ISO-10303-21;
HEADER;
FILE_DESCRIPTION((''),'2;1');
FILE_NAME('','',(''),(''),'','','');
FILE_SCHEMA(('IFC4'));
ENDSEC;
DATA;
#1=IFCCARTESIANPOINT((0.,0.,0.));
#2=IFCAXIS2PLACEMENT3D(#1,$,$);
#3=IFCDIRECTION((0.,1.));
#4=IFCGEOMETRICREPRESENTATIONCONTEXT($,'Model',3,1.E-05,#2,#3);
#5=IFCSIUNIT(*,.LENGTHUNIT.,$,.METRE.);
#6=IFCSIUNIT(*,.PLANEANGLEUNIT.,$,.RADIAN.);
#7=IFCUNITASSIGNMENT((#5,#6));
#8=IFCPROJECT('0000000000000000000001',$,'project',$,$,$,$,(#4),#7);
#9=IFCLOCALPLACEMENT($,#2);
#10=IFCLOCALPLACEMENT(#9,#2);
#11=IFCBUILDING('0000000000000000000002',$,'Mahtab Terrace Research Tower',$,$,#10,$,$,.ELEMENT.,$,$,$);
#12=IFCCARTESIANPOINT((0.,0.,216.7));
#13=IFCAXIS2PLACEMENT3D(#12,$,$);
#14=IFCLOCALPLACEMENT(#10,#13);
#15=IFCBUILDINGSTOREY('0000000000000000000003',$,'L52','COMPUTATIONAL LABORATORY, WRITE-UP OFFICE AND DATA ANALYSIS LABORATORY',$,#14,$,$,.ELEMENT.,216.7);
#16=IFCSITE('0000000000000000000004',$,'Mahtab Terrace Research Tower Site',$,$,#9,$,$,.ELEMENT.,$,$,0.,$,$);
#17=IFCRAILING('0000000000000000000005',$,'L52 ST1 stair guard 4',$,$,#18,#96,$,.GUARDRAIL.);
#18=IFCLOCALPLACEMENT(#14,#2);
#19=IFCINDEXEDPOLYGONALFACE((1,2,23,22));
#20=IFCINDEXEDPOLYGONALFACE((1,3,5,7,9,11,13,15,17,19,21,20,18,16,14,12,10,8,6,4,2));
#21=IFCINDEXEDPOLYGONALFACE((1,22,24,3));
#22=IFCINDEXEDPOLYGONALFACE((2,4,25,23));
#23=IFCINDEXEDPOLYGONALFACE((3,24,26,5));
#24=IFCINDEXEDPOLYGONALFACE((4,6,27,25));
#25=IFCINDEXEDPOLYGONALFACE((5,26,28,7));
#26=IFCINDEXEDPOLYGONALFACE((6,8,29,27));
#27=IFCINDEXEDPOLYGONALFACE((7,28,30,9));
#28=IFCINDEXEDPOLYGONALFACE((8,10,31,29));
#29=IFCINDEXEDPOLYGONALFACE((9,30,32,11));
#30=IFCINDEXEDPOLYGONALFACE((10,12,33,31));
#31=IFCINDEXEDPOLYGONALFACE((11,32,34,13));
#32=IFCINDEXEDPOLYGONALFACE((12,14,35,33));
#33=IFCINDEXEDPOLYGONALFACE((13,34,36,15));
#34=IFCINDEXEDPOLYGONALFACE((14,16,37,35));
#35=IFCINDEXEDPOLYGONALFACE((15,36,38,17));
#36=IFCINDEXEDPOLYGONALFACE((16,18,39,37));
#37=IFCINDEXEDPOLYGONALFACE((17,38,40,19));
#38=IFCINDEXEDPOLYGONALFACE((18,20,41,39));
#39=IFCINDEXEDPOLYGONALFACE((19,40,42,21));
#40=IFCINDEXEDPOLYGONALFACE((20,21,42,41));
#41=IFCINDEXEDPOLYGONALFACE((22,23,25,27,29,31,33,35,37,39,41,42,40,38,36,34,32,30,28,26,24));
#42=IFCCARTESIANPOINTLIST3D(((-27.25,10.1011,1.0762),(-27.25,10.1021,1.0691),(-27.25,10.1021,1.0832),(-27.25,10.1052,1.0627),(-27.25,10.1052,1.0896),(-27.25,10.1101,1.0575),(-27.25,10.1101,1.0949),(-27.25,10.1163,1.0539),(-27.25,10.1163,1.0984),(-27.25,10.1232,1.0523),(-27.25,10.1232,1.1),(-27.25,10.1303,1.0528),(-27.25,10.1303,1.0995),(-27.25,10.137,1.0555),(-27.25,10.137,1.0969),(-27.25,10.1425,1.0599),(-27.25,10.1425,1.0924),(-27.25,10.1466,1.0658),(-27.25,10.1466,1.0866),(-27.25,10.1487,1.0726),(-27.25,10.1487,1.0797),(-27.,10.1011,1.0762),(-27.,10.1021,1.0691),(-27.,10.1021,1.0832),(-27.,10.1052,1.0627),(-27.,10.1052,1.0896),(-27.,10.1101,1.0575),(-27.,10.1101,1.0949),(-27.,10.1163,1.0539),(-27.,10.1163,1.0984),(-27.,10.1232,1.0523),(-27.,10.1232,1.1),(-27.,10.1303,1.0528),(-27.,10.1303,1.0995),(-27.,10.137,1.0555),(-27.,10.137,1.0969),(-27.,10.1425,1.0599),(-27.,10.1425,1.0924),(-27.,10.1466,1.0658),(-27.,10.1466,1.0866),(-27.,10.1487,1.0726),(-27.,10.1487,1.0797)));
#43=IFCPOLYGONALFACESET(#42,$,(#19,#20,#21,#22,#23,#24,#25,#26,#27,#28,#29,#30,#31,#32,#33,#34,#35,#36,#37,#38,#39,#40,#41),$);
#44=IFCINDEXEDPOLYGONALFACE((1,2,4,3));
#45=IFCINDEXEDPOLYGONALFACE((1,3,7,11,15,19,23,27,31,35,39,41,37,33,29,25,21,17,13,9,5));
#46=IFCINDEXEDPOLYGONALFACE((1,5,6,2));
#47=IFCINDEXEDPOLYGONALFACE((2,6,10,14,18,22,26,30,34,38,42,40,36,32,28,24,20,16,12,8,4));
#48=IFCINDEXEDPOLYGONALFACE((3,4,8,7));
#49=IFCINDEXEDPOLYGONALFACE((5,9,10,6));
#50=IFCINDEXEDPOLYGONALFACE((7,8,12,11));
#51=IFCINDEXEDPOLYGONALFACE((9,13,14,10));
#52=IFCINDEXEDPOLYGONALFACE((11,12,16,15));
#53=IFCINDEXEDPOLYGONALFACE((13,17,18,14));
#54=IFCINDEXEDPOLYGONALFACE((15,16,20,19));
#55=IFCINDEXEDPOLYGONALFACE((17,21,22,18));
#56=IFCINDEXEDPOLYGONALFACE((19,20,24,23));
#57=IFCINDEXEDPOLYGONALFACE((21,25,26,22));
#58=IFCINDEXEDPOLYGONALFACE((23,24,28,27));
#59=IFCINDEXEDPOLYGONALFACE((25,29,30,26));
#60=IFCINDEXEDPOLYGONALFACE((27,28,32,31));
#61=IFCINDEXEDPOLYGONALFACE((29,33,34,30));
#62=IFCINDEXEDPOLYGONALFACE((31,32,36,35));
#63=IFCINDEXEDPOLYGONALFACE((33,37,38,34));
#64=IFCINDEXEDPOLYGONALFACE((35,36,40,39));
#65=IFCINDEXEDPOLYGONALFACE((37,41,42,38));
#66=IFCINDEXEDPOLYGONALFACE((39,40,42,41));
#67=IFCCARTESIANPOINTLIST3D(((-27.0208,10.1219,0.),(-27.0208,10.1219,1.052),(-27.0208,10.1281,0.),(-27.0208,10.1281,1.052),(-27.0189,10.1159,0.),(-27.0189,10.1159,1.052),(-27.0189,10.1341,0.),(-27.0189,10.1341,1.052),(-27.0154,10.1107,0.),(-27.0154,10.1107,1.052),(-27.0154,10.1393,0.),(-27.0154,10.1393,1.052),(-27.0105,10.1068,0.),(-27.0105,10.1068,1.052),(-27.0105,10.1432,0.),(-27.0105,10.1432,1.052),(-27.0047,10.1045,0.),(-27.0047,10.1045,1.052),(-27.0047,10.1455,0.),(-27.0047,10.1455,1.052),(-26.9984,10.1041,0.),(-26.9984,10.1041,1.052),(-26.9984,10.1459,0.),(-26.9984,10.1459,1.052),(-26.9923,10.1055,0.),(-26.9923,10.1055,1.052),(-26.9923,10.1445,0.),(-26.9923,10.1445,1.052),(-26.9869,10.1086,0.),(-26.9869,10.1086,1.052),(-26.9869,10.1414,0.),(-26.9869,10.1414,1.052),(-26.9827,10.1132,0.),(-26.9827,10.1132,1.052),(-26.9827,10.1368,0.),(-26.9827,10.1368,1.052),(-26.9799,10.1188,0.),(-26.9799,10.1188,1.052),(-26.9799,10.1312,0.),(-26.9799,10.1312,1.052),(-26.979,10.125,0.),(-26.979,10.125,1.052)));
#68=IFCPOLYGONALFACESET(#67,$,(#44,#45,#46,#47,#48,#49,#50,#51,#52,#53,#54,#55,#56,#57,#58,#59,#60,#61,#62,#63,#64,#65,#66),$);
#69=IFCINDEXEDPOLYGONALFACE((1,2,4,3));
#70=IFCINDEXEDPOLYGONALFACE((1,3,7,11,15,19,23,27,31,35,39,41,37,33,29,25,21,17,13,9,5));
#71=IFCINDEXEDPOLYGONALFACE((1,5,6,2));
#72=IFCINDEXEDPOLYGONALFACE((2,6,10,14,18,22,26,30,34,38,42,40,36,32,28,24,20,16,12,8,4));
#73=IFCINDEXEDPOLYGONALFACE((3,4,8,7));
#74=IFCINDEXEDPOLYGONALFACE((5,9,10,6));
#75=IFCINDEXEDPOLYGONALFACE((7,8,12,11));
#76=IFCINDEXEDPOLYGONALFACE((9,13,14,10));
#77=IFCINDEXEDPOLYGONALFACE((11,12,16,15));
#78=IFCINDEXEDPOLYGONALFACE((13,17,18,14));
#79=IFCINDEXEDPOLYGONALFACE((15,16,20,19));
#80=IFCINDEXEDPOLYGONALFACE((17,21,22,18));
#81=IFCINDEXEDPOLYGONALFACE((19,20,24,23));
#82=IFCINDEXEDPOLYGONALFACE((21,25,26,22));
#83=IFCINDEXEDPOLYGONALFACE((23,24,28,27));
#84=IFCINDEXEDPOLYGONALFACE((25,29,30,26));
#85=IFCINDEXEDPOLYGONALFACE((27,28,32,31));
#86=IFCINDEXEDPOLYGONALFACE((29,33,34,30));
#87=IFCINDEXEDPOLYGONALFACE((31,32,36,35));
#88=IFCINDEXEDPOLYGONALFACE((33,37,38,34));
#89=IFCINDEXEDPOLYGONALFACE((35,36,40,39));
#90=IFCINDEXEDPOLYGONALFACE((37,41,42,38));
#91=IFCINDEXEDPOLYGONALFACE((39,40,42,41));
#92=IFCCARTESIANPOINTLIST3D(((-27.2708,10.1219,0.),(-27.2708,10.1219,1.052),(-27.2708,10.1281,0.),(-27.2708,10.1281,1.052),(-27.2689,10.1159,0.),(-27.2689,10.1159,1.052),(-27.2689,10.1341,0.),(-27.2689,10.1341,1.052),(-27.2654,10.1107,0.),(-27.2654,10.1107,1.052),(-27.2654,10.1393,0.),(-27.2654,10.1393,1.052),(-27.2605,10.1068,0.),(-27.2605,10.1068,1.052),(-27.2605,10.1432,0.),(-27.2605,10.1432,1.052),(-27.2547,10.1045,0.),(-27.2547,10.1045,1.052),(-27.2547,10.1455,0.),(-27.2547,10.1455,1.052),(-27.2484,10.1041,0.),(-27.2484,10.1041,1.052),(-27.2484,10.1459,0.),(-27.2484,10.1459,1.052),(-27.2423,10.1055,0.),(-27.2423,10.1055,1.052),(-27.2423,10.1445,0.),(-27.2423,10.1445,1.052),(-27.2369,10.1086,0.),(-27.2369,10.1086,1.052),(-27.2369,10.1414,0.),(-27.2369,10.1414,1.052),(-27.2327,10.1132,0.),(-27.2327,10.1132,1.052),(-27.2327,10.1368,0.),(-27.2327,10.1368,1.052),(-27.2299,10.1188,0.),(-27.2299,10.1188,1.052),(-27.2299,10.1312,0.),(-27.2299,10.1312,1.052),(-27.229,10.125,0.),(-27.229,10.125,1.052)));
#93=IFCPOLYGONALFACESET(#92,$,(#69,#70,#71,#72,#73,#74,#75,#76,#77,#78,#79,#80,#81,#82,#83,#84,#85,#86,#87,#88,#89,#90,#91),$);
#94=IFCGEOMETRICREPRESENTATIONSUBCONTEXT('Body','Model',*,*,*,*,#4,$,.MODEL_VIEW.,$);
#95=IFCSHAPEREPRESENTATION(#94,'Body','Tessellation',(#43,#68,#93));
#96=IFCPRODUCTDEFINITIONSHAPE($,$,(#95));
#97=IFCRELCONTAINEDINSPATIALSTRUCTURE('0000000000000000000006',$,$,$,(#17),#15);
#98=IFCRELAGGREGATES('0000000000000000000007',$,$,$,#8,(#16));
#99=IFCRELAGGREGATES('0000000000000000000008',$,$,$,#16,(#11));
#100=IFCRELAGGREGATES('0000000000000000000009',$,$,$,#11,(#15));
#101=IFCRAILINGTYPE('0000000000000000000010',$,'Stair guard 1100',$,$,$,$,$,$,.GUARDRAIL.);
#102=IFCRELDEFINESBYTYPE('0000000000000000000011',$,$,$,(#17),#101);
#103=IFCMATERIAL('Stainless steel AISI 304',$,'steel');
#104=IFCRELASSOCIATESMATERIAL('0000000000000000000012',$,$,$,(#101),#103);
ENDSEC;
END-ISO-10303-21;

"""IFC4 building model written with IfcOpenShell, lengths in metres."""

from ifc_helpers import new_model, si_unit, direction, frame, origin, origin_2d, place, context, subcontext, project, spatial, circle, extrude, material, type_object, element, save


model = new_model("IFC4")

# Units and contexts
model_context = context("Model", 3, precision=1e-05, world=origin(), true_north=direction((0.0, 1.0)))
body_context = subcontext(model_context, "Body", "Model", "MODEL_VIEW")
ifc_project = project(units=[si_unit("LENGTHUNIT", "METRE"), si_unit("PLANEANGLEUNIT", "RADIAN")], contexts=[model_context])

# Site, building, storey
site_placement = place(None, origin())
site = spatial("IfcSite", under=ifc_project, at=site_placement, Name="Mahtab Terrace Research Tower Site", CompositionType="ELEMENT", RefElevation=0.0)
building_placement = place(site_placement, origin())
building = spatial("IfcBuilding", under=site, at=building_placement, Name="Mahtab Terrace Research Tower", CompositionType="ELEMENT")
storey_placement = place(building_placement, frame((0.0, 0.0, 216.7)))
storey = spatial("IfcBuildingStorey", under=building, at=storey_placement, Name="L52", Description="COMPUTATIONAL LABORATORY, WRITE-UP OFFICE AND DATA ANALYSIS LABORATORY", CompositionType="ELEMENT", Elevation=216.7)

# Railing
ifc_material_1 = material(Name="Stainless steel AISI 304", Category="steel")
railing_type_1 = type_object("IfcRailingType", Name="Stair guard 1100", PredefinedType="GUARDRAIL", material=ifc_material_1)
railing_1_placement = place(storey_placement, frame((-27.0, 10.125, 0.0)))
element("IfcRailing", 1, at=railing_1_placement, inside=storey, type_object=railing_type_1, Name="L52 ST1 stair guard 4", PredefinedType="GUARDRAIL", context=body_context, shape_type="SweptSolid", body=[
    extrude(circle(Radius=0.0239, at=origin_2d()), frame((0.0, 0.0, 1.0762), z_axis=(-1.0, 0.0, 0.0), x_axis=(0.0, -1.0, 0.0)), (0.0, 0.0, 1.0), 0.25),
    extrude(circle(Radius=0.021, at=origin_2d()), origin(), (0.0, 0.0, 1.0), 1.052),
    extrude(circle(Radius=0.021, at=origin_2d()), frame((-0.25, 0.0, 0.0)), (0.0, 0.0, 1.0), 1.052),
])

save(model, "model.ifc")
